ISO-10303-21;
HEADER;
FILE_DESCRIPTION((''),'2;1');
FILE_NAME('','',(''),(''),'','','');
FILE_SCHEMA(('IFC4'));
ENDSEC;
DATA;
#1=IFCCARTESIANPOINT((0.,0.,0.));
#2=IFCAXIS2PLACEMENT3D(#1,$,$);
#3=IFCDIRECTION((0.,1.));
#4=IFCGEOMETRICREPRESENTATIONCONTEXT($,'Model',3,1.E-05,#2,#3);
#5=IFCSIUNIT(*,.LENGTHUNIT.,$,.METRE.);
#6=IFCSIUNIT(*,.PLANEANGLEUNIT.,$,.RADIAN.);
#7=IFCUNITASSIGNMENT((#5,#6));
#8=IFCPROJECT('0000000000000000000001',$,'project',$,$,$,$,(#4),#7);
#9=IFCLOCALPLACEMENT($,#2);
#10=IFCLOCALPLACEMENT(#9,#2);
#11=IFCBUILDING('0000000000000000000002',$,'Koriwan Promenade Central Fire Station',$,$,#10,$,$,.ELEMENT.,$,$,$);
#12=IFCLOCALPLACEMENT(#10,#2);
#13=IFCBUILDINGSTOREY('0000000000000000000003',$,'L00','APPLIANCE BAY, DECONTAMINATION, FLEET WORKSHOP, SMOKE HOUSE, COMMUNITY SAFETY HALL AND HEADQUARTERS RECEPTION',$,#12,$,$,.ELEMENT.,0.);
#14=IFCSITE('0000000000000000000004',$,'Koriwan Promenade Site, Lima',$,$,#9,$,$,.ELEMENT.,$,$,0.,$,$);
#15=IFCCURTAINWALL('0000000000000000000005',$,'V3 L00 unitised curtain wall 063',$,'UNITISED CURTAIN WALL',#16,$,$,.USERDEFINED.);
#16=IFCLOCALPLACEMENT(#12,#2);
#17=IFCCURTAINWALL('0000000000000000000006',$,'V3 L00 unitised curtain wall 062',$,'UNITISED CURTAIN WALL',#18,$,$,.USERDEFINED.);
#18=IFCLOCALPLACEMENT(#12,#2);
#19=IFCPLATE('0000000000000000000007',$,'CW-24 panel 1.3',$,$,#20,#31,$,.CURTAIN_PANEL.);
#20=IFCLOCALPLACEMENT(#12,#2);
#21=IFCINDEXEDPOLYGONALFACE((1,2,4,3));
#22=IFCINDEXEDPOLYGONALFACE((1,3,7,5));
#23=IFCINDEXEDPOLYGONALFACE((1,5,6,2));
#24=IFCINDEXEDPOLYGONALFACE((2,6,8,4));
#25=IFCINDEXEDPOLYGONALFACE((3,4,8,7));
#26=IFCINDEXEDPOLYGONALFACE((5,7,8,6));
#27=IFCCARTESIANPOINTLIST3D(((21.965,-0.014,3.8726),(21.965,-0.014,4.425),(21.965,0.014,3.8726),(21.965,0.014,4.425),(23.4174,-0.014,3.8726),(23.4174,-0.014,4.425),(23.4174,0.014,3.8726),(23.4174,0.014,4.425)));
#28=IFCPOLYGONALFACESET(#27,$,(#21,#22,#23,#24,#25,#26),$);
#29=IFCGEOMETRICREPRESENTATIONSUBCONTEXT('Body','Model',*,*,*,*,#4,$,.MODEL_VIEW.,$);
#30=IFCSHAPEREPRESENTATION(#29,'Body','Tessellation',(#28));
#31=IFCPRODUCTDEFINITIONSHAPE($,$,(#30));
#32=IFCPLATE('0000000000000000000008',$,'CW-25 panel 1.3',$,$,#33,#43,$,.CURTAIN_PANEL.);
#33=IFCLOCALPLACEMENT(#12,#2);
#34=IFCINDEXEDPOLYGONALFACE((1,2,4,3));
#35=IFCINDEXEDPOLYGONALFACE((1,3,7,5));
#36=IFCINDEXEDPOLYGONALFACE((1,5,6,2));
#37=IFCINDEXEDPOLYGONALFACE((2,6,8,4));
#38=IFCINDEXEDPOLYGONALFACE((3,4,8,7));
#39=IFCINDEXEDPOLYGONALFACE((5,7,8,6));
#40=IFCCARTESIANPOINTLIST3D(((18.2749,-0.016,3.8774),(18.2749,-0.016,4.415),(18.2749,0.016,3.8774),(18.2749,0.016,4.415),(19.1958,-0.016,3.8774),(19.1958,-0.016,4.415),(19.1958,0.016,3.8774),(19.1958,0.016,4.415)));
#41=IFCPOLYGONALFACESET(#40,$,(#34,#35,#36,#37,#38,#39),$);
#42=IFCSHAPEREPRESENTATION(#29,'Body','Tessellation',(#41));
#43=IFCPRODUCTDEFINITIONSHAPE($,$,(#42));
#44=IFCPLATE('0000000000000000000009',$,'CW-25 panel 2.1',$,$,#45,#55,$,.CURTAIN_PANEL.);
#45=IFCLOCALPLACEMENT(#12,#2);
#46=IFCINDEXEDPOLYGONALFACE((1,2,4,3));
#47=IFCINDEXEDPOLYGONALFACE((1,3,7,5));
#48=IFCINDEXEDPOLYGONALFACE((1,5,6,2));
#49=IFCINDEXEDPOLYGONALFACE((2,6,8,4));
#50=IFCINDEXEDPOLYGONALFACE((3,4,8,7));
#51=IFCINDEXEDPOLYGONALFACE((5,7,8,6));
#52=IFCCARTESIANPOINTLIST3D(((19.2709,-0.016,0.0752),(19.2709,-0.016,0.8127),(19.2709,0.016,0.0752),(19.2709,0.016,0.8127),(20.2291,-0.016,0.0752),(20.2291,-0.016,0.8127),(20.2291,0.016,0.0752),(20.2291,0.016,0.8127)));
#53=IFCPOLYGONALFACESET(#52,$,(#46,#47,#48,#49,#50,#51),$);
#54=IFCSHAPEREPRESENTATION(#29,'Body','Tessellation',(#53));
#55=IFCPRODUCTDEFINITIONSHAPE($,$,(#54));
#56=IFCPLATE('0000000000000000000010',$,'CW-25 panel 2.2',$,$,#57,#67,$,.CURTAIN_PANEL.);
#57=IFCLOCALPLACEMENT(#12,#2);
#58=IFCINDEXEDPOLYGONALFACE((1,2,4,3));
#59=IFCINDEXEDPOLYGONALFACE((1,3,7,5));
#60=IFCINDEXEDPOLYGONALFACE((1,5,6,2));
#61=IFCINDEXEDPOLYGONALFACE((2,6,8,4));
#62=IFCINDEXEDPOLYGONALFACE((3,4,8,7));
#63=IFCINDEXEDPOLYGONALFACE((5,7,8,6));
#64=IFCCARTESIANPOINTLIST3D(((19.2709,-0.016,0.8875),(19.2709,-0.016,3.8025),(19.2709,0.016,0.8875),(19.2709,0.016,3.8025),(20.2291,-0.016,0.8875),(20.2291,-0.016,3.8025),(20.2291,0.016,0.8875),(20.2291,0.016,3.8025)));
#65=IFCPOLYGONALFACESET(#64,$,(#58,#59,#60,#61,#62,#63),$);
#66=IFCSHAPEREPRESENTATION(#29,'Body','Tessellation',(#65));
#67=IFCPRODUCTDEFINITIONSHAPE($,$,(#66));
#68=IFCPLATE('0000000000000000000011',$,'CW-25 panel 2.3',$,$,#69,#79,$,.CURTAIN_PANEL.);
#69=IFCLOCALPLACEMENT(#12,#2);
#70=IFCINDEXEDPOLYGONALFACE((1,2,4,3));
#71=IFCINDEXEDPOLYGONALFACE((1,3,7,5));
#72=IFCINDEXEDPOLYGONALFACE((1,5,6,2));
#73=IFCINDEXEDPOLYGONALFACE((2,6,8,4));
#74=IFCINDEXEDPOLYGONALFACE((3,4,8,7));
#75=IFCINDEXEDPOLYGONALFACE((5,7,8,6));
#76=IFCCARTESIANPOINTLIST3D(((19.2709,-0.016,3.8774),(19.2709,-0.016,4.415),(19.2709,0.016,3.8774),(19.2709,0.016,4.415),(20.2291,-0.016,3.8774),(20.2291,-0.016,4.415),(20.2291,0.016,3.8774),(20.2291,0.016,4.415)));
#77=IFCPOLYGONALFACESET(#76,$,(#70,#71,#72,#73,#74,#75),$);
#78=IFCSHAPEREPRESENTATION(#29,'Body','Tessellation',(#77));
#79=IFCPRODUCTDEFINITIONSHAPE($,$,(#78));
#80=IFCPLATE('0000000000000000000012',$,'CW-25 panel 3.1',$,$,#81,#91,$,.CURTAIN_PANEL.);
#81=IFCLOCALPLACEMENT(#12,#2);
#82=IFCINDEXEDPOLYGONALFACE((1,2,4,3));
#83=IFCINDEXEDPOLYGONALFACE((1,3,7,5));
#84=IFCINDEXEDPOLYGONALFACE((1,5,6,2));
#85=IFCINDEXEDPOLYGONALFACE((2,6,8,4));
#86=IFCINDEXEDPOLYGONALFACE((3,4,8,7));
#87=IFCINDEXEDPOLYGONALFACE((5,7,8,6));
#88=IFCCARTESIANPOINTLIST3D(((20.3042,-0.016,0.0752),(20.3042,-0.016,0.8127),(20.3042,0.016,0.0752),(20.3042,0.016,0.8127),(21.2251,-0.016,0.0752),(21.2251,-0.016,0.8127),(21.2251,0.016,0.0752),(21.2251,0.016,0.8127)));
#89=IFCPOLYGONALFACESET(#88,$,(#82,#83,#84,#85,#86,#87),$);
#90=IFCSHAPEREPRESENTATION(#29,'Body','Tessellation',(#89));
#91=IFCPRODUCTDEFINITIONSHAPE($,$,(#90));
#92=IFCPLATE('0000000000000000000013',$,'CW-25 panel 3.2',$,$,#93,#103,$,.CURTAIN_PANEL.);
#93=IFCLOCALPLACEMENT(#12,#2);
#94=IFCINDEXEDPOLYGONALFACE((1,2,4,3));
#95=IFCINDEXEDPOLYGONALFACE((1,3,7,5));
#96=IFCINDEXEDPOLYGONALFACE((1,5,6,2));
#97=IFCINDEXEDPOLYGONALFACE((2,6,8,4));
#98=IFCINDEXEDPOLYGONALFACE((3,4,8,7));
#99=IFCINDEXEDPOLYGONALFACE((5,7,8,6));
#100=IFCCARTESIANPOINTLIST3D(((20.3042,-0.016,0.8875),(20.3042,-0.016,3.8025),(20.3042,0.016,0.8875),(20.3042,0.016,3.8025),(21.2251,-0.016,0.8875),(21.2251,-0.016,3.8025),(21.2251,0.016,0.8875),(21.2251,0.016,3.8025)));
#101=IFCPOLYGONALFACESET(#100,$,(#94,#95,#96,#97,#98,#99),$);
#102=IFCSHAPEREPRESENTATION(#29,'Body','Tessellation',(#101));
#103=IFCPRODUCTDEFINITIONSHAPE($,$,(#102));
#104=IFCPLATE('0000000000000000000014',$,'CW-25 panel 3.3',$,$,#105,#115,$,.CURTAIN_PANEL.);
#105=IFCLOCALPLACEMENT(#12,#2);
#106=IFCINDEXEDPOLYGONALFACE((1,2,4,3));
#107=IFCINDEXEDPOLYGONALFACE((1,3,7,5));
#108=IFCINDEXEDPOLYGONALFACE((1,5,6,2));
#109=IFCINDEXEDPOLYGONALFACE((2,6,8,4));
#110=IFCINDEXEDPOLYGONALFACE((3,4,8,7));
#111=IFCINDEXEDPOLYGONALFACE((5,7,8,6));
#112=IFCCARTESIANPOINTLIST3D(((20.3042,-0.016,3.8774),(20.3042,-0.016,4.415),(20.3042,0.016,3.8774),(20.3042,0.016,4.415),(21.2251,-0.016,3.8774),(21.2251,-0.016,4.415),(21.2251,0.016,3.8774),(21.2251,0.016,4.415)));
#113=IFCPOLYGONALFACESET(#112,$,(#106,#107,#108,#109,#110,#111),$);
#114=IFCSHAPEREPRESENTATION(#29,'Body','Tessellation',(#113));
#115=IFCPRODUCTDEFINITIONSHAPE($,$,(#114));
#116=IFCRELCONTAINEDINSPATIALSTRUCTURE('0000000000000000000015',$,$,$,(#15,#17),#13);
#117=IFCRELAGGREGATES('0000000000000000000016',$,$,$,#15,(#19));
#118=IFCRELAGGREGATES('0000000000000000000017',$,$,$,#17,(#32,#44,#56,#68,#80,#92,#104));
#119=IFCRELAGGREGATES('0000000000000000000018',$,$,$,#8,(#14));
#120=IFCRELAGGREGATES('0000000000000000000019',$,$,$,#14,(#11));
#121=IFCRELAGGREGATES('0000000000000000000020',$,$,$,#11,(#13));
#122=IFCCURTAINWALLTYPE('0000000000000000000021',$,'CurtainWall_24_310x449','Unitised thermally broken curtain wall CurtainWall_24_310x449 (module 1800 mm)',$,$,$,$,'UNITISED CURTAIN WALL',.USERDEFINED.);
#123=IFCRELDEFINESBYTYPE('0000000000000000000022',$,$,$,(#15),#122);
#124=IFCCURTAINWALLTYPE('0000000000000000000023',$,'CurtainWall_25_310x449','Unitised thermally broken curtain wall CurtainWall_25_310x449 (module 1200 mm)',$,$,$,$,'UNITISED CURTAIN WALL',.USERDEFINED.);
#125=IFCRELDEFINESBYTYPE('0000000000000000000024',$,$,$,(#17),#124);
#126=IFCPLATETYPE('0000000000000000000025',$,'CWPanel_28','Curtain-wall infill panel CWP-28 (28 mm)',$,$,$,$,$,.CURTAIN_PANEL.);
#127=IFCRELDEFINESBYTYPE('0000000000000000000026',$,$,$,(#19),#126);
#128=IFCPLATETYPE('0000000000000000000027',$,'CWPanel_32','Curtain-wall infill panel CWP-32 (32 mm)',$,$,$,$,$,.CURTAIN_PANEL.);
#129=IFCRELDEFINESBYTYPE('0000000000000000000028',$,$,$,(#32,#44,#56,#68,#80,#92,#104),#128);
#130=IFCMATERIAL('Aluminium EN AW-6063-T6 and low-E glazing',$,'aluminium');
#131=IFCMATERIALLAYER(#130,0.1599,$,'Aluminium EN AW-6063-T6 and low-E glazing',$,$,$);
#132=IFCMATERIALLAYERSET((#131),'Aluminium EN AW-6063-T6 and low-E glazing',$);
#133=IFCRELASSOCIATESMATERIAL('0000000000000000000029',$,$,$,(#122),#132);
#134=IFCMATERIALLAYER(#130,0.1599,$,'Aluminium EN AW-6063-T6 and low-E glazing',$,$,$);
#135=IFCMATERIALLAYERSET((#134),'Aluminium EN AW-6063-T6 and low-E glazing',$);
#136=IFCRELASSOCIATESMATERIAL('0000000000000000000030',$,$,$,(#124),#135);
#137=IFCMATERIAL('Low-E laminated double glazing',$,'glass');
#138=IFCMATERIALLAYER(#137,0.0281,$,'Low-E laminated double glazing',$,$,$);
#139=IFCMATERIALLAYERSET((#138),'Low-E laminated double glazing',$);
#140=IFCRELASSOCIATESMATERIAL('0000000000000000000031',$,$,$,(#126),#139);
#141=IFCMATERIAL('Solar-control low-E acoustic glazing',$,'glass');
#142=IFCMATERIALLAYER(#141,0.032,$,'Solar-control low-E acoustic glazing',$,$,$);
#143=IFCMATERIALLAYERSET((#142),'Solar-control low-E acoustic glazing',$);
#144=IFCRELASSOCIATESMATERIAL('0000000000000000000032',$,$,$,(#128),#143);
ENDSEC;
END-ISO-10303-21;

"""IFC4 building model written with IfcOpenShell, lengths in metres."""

from ifc_helpers import new_model, si_unit, direction, frame, origin, origin_2d, place, context, subcontext, project, spatial, rectangle, extrude, material, layer, layer_set, type_object, element, aggregate, save


model = new_model("IFC4")

# Units and contexts
model_context = context("Model", 3, precision=1e-05, world=origin(), true_north=direction((0.0, 1.0)))
body_context = subcontext(model_context, "Body", "Model", "MODEL_VIEW")
ifc_project = project(units=[si_unit("LENGTHUNIT", "METRE"), si_unit("PLANEANGLEUNIT", "RADIAN")], contexts=[model_context])

# Site, building, storey
site_placement = place(None, origin())
site = spatial("IfcSite", under=ifc_project, at=site_placement, Name="Koriwan Promenade Site, Lima", CompositionType="ELEMENT", RefElevation=0.0)
building_placement = place(site_placement, origin())
building = spatial("IfcBuilding", under=site, at=building_placement, Name="Koriwan Promenade Central Fire Station", CompositionType="ELEMENT")
storey_placement = place(building_placement, origin())
storey = spatial("IfcBuildingStorey", under=building, at=storey_placement, Name="L00", Description="APPLIANCE BAY, DECONTAMINATION, FLEET WORKSHOP, SMOKE HOUSE, COMMUNITY SAFETY HALL AND HEADQUARTERS RECEPTION", CompositionType="ELEMENT", Elevation=0.0)

# Curtain walls
ifc_material_1 = material(Name="Aluminium EN AW-6063-T6 and low-E glazing", Category="aluminium")
ifc_layer_1 = layer(ifc_material_1, 0.1599, Name="Aluminium EN AW-6063-T6 and low-E glazing")
ifc_layer_set_1 = layer_set([ifc_layer_1], Name="Aluminium EN AW-6063-T6 and low-E glazing")
curtain_wall_type_1 = type_object("IfcCurtainWallType", Name="CurtainWall_24_310x449", Description="Unitised thermally broken curtain wall CurtainWall_24_310x449 (module 1800 mm)", ElementType="UNITISED CURTAIN WALL", PredefinedType="USERDEFINED", material=ifc_layer_set_1)
curtain_wall_1_placement = place(storey_placement, origin())
curtain_wall_1 = element("IfcCurtainWall", 1, at=curtain_wall_1_placement, inside=storey, type_object=curtain_wall_type_1, Name="V3 L00 unitised curtain wall 063", ObjectType="UNITISED CURTAIN WALL", PredefinedType="USERDEFINED")
ifc_layer_2 = layer(ifc_material_1, 0.1599, Name="Aluminium EN AW-6063-T6 and low-E glazing")
ifc_layer_set_2 = layer_set([ifc_layer_2], Name="Aluminium EN AW-6063-T6 and low-E glazing")
curtain_wall_type_2 = type_object("IfcCurtainWallType", Name="CurtainWall_25_310x449", Description="Unitised thermally broken curtain wall CurtainWall_25_310x449 (module 1200 mm)", ElementType="UNITISED CURTAIN WALL", PredefinedType="USERDEFINED", material=ifc_layer_set_2)
curtain_wall_2_placement = place(storey_placement, origin())
curtain_wall_2 = element("IfcCurtainWall", 2, at=curtain_wall_2_placement, inside=storey, type_object=curtain_wall_type_2, Name="V3 L00 unitised curtain wall 062", ObjectType="UNITISED CURTAIN WALL", PredefinedType="USERDEFINED")

# Plates
ifc_material_2 = material(Name="Low-E laminated double glazing", Category="glass")
ifc_layer_3 = layer(ifc_material_2, 0.0281, Name="Low-E laminated double glazing")
ifc_layer_set_3 = layer_set([ifc_layer_3], Name="Low-E laminated double glazing")
plate_type_1 = type_object("IfcPlateType", Name="CWPanel_28", Description="Curtain-wall infill panel CWP-28 (28 mm)", PredefinedType="CURTAIN_PANEL", material=ifc_layer_set_3)
plate_1_placement = place(storey_placement, frame((22.6912, 0.0, 3.8726), z_axis=(0.0, 0.0, 1.0), x_axis=(1.0, 0.0, 0.0)))
plate_1 = element("IfcPlate", 3, at=plate_1_placement, type_object=plate_type_1, Name="CW-24 panel 1.3", PredefinedType="CURTAIN_PANEL", context=body_context, shape_type="SweptSolid", body=[
    extrude(rectangle(XDim=1.4524, YDim=0.0281, at=origin_2d()), origin(), (0.0, 0.0, 1.0), 0.5525),
])
aggregate(curtain_wall_1, [plate_1])
ifc_material_3 = material(Name="Solar-control low-E acoustic glazing", Category="glass")
ifc_layer_4 = layer(ifc_material_3, 0.032, Name="Solar-control low-E acoustic glazing")
ifc_layer_set_4 = layer_set([ifc_layer_4], Name="Solar-control low-E acoustic glazing")
plate_type_2 = type_object("IfcPlateType", Name="CWPanel_32", Description="Curtain-wall infill panel CWP-32 (32 mm)", PredefinedType="CURTAIN_PANEL", material=ifc_layer_set_4)
plate_2_placement = place(storey_placement, frame((18.7354, 0.0, 3.8774), z_axis=(0.0, 0.0, 1.0), x_axis=(1.0, 0.0, 0.0)))
plate_2 = element("IfcPlate", 4, at=plate_2_placement, type_object=plate_type_2, Name="CW-25 panel 1.3", PredefinedType="CURTAIN_PANEL", context=body_context, shape_type="SweptSolid", body=[
    extrude(rectangle(XDim=0.9209, YDim=0.032, at=origin_2d()), origin(), (0.0, 0.0, 1.0), 0.5376),
])
plate_3_placement = place(storey_placement, frame((19.75, 0.0, 0.0752), z_axis=(0.0, 0.0, 1.0), x_axis=(1.0, 0.0, 0.0)))
plate_3 = element("IfcPlate", 5, at=plate_3_placement, type_object=plate_type_2, Name="CW-25 panel 2.1", PredefinedType="CURTAIN_PANEL", context=body_context, shape_type="SweptSolid", body=[
    extrude(rectangle(XDim=0.9583, YDim=0.032, at=origin_2d()), origin(), (0.0, 0.0, 1.0), 0.7375),
])
plate_4_placement = place(storey_placement, frame((19.75, 0.0, 0.8875), z_axis=(0.0, 0.0, 1.0), x_axis=(1.0, 0.0, 0.0)))
plate_4 = element("IfcPlate", 6, at=plate_4_placement, type_object=plate_type_2, Name="CW-25 panel 2.2", PredefinedType="CURTAIN_PANEL", context=body_context, shape_type="SweptSolid", body=[
    extrude(rectangle(XDim=0.9583, YDim=0.032, at=origin_2d()), origin(), (0.0, 0.0, 1.0), 2.915),
])
plate_5_placement = place(storey_placement, frame((19.75, 0.0, 3.8774), z_axis=(0.0, 0.0, 1.0), x_axis=(1.0, 0.0, 0.0)))
plate_5 = element("IfcPlate", 7, at=plate_5_placement, type_object=plate_type_2, Name="CW-25 panel 2.3", PredefinedType="CURTAIN_PANEL", context=body_context, shape_type="SweptSolid", body=[
    extrude(rectangle(XDim=0.9583, YDim=0.032, at=origin_2d()), origin(), (0.0, 0.0, 1.0), 0.5376),
])
plate_6_placement = place(storey_placement, frame((20.7646, 0.0, 0.0752), z_axis=(0.0, 0.0, 1.0), x_axis=(1.0, 0.0, 0.0)))
plate_6 = element("IfcPlate", 8, at=plate_6_placement, type_object=plate_type_2, Name="CW-25 panel 3.1", PredefinedType="CURTAIN_PANEL", context=body_context, shape_type="SweptSolid", body=[
    extrude(rectangle(XDim=0.9209, YDim=0.032, at=origin_2d()), origin(), (0.0, 0.0, 1.0), 0.7375),
])
plate_7_placement = place(storey_placement, frame((20.7646, 0.0, 0.8875), z_axis=(0.0, 0.0, 1.0), x_axis=(1.0, 0.0, 0.0)))
plate_7 = element("IfcPlate", 9, at=plate_7_placement, type_object=plate_type_2, Name="CW-25 panel 3.2", PredefinedType="CURTAIN_PANEL", context=body_context, shape_type="SweptSolid", body=[
    extrude(rectangle(XDim=0.9209, YDim=0.032, at=origin_2d()), origin(), (0.0, 0.0, 1.0), 2.915),
])
plate_8_placement = place(storey_placement, frame((20.7646, 0.0, 3.8774), z_axis=(0.0, 0.0, 1.0), x_axis=(1.0, 0.0, 0.0)))
plate_8 = element("IfcPlate", 10, at=plate_8_placement, type_object=plate_type_2, Name="CW-25 panel 3.3", PredefinedType="CURTAIN_PANEL", context=body_context, shape_type="SweptSolid", body=[
    extrude(rectangle(XDim=0.9209, YDim=0.032, at=origin_2d()), origin(), (0.0, 0.0, 1.0), 0.5376),
])
aggregate(curtain_wall_2, [plate_2, plate_3, plate_4, plate_5, plate_6, plate_7, plate_8])

save(model, "model.ifc")
